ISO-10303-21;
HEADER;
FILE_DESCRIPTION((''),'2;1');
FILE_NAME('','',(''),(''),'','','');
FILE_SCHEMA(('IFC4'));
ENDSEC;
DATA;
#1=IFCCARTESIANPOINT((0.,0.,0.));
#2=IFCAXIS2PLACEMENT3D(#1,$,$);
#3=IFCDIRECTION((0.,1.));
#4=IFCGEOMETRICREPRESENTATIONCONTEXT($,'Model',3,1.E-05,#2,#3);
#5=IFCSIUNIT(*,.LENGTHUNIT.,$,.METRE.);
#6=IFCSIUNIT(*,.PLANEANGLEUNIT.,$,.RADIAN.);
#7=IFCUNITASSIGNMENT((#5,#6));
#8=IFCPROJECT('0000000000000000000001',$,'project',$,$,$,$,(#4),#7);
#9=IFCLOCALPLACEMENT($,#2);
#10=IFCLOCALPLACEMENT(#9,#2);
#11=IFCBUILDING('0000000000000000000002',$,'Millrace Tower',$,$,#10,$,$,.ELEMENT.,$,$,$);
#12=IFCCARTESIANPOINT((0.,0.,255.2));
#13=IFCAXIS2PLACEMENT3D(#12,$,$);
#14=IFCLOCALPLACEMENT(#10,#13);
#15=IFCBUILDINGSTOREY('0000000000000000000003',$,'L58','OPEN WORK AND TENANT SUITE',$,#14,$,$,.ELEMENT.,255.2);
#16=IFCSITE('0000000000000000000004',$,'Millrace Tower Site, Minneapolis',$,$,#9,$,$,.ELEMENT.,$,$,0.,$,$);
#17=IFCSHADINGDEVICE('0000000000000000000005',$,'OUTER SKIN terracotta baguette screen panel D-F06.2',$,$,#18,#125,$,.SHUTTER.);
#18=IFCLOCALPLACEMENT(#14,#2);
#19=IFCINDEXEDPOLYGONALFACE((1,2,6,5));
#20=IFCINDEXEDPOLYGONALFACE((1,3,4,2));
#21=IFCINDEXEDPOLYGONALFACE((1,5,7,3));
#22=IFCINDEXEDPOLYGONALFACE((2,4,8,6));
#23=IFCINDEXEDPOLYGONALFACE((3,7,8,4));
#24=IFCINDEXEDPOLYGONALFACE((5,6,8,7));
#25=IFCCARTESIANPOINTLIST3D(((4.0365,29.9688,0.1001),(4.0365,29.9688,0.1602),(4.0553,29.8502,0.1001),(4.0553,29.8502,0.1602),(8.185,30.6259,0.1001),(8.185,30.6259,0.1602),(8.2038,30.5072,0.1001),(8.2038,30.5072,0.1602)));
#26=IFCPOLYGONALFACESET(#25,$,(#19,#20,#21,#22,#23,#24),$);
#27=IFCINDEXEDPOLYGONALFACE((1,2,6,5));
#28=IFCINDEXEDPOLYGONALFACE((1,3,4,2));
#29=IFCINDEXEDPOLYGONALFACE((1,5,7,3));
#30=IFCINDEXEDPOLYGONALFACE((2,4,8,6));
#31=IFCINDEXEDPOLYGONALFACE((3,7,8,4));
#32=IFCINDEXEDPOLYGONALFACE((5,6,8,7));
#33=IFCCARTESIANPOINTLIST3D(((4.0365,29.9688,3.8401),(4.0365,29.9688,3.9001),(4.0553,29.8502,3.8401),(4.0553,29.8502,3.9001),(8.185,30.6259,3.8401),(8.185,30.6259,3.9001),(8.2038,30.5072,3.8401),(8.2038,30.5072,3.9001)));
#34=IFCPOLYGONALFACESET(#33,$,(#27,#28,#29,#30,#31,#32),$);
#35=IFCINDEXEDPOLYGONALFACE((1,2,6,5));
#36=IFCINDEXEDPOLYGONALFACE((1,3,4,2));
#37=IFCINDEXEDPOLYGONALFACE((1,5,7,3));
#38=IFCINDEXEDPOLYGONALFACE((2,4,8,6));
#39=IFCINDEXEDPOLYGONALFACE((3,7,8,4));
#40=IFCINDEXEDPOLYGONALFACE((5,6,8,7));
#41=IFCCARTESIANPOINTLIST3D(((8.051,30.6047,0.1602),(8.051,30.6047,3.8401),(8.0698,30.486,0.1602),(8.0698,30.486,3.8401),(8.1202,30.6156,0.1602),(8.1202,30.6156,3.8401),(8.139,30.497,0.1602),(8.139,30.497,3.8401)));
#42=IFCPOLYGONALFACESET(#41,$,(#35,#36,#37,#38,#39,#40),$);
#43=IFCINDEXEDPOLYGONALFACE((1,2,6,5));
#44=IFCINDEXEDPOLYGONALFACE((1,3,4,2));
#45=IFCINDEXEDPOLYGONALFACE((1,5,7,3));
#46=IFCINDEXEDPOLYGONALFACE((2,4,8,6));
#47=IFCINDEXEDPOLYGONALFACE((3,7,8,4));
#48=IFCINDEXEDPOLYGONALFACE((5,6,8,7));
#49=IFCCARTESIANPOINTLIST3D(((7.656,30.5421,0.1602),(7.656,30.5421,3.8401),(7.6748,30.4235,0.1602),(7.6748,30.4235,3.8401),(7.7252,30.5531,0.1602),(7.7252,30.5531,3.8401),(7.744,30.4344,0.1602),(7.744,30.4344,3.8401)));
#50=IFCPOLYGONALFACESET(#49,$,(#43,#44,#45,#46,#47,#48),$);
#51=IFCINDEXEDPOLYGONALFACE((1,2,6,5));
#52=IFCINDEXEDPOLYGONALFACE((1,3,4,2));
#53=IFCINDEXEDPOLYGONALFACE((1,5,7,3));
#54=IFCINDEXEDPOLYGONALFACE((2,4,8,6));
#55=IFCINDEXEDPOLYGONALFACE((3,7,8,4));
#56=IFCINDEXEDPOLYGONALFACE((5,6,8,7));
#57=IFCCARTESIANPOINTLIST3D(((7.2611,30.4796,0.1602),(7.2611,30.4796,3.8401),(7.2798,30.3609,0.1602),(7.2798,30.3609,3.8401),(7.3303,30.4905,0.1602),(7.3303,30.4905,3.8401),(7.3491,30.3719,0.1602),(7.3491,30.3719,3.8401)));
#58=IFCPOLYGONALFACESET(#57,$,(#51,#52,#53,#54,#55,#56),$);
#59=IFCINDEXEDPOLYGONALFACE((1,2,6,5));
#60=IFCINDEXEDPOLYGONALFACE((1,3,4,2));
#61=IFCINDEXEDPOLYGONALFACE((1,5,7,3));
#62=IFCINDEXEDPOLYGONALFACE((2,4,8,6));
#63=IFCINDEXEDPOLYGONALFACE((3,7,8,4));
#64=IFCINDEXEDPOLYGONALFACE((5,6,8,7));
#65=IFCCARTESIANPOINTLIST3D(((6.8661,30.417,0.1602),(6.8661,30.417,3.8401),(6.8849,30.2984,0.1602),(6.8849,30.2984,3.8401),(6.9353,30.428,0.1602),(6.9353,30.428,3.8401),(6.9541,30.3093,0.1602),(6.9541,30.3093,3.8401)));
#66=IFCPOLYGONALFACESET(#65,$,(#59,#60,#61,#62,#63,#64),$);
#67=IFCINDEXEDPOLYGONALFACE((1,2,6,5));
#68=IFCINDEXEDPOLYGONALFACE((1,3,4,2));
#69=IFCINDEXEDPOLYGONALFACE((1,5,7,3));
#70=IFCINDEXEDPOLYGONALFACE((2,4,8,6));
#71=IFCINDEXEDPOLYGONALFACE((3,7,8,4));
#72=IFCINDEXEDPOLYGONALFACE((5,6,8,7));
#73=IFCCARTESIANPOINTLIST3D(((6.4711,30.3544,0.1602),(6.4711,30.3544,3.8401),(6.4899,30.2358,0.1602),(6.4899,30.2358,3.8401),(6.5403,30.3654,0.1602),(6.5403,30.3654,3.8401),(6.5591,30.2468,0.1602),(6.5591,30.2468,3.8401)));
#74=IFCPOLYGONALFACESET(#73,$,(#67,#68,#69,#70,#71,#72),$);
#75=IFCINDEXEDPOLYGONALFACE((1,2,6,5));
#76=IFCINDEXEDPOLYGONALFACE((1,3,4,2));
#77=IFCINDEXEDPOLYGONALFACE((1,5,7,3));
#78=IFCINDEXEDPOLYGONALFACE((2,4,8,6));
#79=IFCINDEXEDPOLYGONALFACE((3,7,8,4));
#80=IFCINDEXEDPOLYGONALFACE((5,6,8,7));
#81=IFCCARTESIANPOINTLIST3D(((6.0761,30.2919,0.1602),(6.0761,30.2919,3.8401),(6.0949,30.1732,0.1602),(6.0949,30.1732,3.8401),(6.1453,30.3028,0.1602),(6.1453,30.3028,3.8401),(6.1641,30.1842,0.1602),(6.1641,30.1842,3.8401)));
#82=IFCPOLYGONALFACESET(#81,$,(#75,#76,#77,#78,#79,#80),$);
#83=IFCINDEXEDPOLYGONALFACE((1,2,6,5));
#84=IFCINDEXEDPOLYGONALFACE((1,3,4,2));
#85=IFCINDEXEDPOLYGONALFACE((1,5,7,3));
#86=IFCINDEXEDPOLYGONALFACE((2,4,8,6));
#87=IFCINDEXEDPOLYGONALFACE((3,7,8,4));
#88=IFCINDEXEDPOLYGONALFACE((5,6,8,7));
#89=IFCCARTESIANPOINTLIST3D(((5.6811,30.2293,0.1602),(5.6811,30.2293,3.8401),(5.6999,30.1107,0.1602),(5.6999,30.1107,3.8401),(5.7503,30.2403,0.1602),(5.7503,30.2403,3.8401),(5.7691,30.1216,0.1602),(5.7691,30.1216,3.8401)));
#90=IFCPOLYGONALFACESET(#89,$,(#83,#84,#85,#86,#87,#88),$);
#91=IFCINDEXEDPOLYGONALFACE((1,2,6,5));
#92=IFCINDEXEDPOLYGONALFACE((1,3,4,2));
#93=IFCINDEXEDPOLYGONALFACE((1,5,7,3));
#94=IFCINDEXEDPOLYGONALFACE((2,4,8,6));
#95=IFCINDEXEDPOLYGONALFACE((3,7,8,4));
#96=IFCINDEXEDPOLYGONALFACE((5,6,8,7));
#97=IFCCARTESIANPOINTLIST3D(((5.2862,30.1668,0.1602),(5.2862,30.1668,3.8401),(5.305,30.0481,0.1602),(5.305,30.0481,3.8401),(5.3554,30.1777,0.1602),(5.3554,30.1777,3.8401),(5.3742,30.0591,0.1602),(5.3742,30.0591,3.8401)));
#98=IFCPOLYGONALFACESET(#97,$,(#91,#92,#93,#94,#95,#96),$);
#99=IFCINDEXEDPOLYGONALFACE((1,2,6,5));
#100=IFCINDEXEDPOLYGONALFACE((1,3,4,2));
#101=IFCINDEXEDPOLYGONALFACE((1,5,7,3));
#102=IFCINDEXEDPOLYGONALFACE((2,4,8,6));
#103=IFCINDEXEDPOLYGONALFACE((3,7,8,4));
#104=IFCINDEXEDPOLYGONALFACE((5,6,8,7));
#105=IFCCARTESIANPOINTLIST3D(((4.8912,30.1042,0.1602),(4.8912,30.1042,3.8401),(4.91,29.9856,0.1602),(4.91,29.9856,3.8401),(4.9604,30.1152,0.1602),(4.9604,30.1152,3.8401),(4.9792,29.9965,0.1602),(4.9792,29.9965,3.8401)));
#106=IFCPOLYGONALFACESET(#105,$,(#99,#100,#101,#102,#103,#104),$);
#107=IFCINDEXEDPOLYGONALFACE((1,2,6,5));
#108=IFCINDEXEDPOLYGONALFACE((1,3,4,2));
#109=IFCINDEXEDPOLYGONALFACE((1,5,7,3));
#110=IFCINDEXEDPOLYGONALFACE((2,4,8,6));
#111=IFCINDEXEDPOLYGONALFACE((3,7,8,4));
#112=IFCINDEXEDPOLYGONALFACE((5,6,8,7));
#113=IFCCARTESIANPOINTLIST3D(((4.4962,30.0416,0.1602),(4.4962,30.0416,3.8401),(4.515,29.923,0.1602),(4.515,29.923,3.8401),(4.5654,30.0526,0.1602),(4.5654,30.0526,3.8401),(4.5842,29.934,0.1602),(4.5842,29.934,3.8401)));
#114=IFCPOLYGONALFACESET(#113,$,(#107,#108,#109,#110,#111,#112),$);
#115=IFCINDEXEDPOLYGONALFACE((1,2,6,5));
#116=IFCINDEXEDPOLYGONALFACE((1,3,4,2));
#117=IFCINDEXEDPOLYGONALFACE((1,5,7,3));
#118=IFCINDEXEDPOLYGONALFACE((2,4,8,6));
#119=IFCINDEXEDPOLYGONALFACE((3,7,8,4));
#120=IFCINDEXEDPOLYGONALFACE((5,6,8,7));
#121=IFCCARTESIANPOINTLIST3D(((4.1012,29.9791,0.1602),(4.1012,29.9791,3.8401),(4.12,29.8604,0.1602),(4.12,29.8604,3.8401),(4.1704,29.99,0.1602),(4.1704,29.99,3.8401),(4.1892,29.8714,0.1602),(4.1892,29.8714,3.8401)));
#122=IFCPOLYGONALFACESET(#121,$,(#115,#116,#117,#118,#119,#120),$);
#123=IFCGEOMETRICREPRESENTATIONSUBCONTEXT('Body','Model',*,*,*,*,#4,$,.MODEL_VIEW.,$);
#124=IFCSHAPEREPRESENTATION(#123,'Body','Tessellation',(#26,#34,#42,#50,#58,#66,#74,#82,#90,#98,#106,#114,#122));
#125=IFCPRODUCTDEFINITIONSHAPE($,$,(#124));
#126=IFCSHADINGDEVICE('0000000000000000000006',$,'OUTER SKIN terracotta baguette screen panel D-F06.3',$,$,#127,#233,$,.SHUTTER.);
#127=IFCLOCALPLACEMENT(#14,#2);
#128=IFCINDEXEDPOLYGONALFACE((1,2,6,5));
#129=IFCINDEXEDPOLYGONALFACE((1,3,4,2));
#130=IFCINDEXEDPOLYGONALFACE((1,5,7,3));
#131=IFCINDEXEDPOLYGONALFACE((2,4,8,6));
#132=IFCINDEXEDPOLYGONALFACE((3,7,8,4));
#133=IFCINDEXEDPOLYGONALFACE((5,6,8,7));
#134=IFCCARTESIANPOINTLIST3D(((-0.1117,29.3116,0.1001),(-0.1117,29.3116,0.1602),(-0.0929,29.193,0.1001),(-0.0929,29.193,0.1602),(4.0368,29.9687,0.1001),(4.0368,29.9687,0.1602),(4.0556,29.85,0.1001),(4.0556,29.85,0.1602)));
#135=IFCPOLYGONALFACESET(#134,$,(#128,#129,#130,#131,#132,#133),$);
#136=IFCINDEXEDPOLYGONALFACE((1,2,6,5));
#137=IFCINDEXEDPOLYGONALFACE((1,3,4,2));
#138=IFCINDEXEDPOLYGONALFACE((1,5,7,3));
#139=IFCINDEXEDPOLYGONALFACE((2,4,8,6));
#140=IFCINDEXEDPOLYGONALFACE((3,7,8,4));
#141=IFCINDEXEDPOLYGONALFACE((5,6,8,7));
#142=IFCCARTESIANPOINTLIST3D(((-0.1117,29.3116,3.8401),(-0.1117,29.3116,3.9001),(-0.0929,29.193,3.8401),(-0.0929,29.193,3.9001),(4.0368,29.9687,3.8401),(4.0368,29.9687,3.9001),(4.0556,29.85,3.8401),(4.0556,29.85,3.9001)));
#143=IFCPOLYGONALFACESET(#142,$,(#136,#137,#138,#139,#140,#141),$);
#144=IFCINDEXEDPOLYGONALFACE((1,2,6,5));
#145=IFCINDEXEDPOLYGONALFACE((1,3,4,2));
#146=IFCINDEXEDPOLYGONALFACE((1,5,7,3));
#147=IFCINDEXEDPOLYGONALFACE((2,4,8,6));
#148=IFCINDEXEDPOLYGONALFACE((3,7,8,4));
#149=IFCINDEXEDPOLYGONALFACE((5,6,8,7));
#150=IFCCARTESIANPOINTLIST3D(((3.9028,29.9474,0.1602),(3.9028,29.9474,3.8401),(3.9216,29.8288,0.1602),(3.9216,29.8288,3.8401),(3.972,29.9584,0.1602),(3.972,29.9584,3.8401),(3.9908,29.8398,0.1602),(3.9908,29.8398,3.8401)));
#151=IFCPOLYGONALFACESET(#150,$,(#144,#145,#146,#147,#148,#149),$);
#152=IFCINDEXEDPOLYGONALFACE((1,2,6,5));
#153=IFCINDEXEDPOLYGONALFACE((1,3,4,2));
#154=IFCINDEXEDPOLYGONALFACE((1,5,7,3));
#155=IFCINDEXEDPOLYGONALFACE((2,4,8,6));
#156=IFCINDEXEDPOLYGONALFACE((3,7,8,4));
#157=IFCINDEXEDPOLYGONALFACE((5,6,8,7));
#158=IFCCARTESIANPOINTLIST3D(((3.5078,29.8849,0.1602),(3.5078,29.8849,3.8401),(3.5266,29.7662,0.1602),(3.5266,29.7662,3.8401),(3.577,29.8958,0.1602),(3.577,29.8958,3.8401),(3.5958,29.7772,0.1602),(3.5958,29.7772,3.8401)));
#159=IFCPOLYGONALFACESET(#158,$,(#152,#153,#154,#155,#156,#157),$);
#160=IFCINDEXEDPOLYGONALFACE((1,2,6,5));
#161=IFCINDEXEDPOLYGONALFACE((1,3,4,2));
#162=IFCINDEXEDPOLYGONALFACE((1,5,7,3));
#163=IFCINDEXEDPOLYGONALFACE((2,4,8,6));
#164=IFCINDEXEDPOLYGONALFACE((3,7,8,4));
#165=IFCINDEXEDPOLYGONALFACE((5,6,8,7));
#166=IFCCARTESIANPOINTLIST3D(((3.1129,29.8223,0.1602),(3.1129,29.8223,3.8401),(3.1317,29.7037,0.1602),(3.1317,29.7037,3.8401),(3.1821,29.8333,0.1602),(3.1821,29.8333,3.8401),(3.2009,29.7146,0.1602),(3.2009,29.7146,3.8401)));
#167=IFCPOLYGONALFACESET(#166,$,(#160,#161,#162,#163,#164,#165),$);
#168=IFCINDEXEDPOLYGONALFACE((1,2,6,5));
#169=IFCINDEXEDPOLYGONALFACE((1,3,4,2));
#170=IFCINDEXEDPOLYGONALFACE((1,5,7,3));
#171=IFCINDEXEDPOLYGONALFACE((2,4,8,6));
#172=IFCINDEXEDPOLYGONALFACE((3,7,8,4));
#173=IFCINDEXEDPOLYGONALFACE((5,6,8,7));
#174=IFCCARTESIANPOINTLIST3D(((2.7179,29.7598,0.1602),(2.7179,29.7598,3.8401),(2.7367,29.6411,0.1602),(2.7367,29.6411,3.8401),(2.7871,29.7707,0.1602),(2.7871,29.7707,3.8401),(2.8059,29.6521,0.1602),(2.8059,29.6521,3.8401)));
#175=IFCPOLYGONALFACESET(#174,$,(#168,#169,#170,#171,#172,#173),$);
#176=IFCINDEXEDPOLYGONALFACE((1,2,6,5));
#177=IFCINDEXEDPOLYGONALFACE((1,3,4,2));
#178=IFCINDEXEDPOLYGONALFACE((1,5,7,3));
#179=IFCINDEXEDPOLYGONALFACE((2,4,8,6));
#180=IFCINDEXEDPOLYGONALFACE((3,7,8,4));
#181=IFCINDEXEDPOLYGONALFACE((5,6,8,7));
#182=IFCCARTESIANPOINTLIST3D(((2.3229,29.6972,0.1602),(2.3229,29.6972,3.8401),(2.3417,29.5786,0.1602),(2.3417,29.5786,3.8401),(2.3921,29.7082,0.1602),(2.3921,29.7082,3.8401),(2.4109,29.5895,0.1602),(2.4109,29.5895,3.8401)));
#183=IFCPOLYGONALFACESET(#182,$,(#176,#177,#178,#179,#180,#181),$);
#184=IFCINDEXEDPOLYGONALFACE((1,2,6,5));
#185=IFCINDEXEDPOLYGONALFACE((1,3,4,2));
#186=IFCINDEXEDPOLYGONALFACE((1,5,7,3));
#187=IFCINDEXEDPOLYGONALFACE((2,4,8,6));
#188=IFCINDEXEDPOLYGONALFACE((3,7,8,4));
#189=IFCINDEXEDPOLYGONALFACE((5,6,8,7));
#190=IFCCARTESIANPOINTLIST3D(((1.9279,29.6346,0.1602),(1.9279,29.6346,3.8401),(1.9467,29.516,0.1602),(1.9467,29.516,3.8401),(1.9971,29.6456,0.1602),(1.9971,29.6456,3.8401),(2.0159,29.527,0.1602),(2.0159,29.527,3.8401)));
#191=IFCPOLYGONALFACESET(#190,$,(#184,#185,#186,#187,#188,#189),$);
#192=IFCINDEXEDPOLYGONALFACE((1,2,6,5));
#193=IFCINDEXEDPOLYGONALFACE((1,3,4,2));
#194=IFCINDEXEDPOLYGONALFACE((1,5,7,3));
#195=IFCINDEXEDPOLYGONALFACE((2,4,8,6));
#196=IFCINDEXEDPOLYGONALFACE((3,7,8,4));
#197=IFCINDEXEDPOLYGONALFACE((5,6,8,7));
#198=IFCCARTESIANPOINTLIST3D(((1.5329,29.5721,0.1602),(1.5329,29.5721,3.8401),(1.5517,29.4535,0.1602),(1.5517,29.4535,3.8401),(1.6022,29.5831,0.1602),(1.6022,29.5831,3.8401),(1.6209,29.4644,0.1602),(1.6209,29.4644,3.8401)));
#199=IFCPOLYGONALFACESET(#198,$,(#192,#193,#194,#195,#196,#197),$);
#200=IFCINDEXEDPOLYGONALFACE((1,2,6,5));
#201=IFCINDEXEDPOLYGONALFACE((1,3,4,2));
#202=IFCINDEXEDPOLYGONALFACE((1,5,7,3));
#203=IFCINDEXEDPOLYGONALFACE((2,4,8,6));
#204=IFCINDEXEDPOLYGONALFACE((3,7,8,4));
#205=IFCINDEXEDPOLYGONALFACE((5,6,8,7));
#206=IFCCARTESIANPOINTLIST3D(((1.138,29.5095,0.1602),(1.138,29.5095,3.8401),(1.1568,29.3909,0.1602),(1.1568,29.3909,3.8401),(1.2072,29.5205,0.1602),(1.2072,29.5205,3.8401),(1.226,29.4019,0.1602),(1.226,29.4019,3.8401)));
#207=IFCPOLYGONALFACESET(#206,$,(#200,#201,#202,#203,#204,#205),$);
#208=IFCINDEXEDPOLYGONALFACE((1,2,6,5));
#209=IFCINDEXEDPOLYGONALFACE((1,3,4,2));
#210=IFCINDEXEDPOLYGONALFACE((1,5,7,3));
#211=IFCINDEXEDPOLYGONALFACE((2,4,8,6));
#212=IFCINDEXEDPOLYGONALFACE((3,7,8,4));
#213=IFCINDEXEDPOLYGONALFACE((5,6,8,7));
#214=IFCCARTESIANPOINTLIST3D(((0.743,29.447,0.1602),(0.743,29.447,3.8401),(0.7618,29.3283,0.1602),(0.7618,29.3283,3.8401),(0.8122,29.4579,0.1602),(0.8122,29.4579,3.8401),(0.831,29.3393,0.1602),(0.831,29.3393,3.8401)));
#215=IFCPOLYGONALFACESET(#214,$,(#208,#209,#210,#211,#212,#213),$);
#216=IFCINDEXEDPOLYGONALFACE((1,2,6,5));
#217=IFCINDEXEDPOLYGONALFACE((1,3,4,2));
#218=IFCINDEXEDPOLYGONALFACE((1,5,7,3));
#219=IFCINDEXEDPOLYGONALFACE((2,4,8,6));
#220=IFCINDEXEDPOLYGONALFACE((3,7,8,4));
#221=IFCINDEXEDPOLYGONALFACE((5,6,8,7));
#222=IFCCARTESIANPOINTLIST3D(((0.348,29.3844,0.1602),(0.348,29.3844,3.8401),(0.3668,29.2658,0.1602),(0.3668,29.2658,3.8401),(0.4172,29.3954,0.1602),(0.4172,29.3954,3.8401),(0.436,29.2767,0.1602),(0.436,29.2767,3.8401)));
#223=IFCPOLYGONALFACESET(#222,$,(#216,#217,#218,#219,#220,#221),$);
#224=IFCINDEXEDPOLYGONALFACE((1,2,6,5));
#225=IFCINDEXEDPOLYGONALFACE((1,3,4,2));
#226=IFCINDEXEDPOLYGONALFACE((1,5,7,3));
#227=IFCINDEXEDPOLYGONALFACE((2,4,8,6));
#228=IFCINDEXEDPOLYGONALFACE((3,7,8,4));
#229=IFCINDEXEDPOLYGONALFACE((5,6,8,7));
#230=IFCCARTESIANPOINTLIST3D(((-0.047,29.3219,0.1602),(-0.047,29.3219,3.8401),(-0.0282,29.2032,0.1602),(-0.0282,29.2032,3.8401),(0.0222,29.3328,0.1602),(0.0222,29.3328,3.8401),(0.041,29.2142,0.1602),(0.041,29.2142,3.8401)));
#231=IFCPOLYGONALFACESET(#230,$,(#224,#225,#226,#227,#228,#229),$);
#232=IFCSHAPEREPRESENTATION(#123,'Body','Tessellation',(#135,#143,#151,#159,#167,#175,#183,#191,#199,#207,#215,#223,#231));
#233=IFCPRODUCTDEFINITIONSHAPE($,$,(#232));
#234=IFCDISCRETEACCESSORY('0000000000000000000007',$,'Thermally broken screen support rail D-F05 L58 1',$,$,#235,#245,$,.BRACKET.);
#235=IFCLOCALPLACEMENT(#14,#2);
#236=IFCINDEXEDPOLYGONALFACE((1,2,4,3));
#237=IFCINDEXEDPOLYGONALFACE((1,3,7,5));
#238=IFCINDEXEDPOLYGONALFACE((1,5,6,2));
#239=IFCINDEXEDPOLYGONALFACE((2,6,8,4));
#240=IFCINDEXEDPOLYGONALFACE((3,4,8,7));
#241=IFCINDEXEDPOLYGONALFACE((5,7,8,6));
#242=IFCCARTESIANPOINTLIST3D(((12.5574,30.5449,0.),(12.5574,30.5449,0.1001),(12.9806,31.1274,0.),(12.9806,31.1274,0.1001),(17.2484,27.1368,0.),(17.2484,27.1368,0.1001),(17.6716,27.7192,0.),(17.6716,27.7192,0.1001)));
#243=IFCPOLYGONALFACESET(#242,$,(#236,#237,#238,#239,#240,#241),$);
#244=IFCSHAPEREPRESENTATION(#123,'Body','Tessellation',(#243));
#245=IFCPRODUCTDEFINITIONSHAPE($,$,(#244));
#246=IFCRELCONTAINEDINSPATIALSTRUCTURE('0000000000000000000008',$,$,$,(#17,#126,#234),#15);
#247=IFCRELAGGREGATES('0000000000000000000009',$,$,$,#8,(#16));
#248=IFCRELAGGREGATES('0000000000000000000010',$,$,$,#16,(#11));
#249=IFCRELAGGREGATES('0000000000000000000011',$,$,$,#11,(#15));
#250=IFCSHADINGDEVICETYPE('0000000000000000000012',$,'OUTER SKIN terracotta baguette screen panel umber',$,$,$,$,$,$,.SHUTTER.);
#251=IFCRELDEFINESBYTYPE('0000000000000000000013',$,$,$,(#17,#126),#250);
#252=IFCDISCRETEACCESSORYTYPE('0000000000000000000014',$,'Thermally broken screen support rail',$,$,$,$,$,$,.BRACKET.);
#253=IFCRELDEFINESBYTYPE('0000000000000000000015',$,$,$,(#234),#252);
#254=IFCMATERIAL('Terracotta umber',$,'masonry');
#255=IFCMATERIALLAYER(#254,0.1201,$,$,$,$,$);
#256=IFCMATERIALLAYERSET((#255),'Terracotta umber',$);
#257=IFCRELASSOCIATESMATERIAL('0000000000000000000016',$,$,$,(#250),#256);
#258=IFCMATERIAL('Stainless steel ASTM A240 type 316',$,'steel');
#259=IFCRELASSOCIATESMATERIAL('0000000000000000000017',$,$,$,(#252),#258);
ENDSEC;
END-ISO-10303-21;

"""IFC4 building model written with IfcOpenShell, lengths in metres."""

from ifc_helpers import new_model, entity, si_unit, direction, frame, frame_2d, origin, origin_2d, place, context, subcontext, project, spatial, rectangle, extrude, source, transform, mapped, material, layer, layer_set, type_object, element, save


model = new_model("IFC4")

# Units and contexts
model_context = context("Model", 3, precision=1e-05, world=origin(), true_north=direction((0.0, 1.0)))
body_context = subcontext(model_context, "Body", "Model", "MODEL_VIEW")
ifc_project = project(units=[si_unit("LENGTHUNIT", "METRE"), si_unit("PLANEANGLEUNIT", "RADIAN")], contexts=[model_context])

# Site, building, storey
site_placement = place(None, origin())
site = spatial("IfcSite", under=ifc_project, at=site_placement, Name="Millrace Tower Site, Minneapolis", CompositionType="ELEMENT", RefElevation=0.0)
building_placement = place(site_placement, origin())
building = spatial("IfcBuilding", under=site, at=building_placement, Name="Millrace Tower", CompositionType="ELEMENT")
storey_placement = place(building_placement, frame((0.0, 0.0, 255.2)))
storey = spatial("IfcBuildingStorey", under=building, at=storey_placement, Name="L58", Description="OPEN WORK AND TENANT SUITE", CompositionType="ELEMENT", Elevation=255.2)

# Shading devices
ifc_material_1 = material(Name="Terracotta umber", Category="masonry")
ifc_layer_1 = layer(ifc_material_1, 0.1201)
ifc_layer_set_1 = layer_set([ifc_layer_1], Name="Terracotta umber")
shading_device_type = type_object("IfcShadingDeviceType", Name="OUTER SKIN terracotta baguette screen panel umber", PredefinedType="SHUTTER", material=ifc_layer_set_1)
cartesian_point_1 = entity("IfcCartesianPoint", [-2.1001, 0.0601])
shared_polyline_1 = entity("IfcPolyline", [cartesian_point_1, entity("IfcCartesianPoint", [2.1001, 0.0601]), entity("IfcCartesianPoint", [2.1001, -0.0601]), entity("IfcCartesianPoint", [-2.1001, -0.0601]), cartesian_point_1])
shared_shape_1 = source(origin(), body_context, "Body", "SweptSolid", [
    entity("IfcExtrudedAreaSolid", entity("IfcArbitraryClosedProfileDef", "AREA", None, shared_polyline_1), entity("IfcAxis2Placement3D", entity("IfcCartesianPoint", [0.0, 0.0, 0.0])), entity("IfcDirection", [0.0, 0.0, 1.0]), 0.0601),
    entity("IfcExtrudedAreaSolid", entity("IfcArbitraryClosedProfileDef", "AREA", None, shared_polyline_1), entity("IfcAxis2Placement3D", entity("IfcCartesianPoint", [0.0, 0.0, 3.74])), entity("IfcDirection", [0.0, 0.0, 1.0]), 0.0601),
    extrude(rectangle(XDim=0.0701, YDim=0.1201, at=frame_2d((-1.9995, 0.0))), frame((0.0, 0.0, 0.0601)), (0.0, 0.0, 1.0), 3.6799),
    extrude(rectangle(XDim=0.0701, YDim=0.1201, at=frame_2d((-1.5996, 0.0))), frame((0.0, 0.0, 0.0601)), (0.0, 0.0, 1.0), 3.6799),
    extrude(rectangle(XDim=0.0701, YDim=0.1201, at=frame_2d((-1.1997, 0.0))), frame((0.0, 0.0, 0.0601)), (0.0, 0.0, 1.0), 3.6799),
    extrude(rectangle(XDim=0.0701, YDim=0.1201, at=frame_2d((-0.7998, 0.0))), frame((0.0, 0.0, 0.0601)), (0.0, 0.0, 1.0), 3.6799),
    extrude(rectangle(XDim=0.0701, YDim=0.1201, at=frame_2d((-0.3999, 0.0))), frame((0.0, 0.0, 0.0601)), (0.0, 0.0, 1.0), 3.6799),
    extrude(rectangle(XDim=0.0701, YDim=0.1201, at=origin_2d()), frame((0.0, 0.0, 0.0601)), (0.0, 0.0, 1.0), 3.6799),
    extrude(rectangle(XDim=0.0701, YDim=0.1201, at=frame_2d((0.3999, 0.0))), frame((0.0, 0.0, 0.0601)), (0.0, 0.0, 1.0), 3.6799),
    extrude(rectangle(XDim=0.0701, YDim=0.1201, at=frame_2d((0.7998, 0.0))), frame((0.0, 0.0, 0.0601)), (0.0, 0.0, 1.0), 3.6799),
    extrude(rectangle(XDim=0.0701, YDim=0.1201, at=frame_2d((1.1997, 0.0))), frame((0.0, 0.0, 0.0601)), (0.0, 0.0, 1.0), 3.6799),
    extrude(rectangle(XDim=0.0701, YDim=0.1201, at=frame_2d((1.5996, 0.0))), frame((0.0, 0.0, 0.0601)), (0.0, 0.0, 1.0), 3.6799),
    extrude(rectangle(XDim=0.0701, YDim=0.1201, at=frame_2d((1.9995, 0.0))), frame((0.0, 0.0, 0.0601)), (0.0, 0.0, 1.0), 3.6799),
])
for number, where, z_axis, x_axis, name in (
    (1, (6.1201, 30.238, 0.1001), (0.0, 0.0, 1.0), (-0.987688, -0.156434, 0.0), "OUTER SKIN terracotta baguette screen panel D-F06.2"),
    (2, (1.9719, 29.5808, 0.1001), (0.0, 0.0, 1.0), (-0.987688, -0.156434, 0.0), "OUTER SKIN terracotta baguette screen panel D-F06.3"),
):
    element("IfcShadingDevice", number, at=place(storey_placement, frame(where, z_axis=z_axis, x_axis=x_axis)), inside=storey, type_object=shading_device_type, Name=name, PredefinedType="SHUTTER", context=body_context, shape_type="MappedRepresentation", body=[
        mapped(shared_shape_1, transform((0.0, 0.0, 0.0), scale=1.0)),
    ])

# Discrete accessory
ifc_material_2 = material(Name="Stainless steel ASTM A240 type 316", Category="steel")
discrete_accessory_type = type_object("IfcDiscreteAccessoryType", Name="Thermally broken screen support rail", PredefinedType="BRACKET", material=ifc_material_2)
discrete_accessory_placement = place(storey_placement, frame((15.1145, 29.1321, 0.0), z_axis=(0.0, 0.0, 1.0), x_axis=(-0.809017, 0.587785, 0.0)))
element("IfcDiscreteAccessory", 3, at=discrete_accessory_placement, inside=storey, type_object=discrete_accessory_type, Name="Thermally broken screen support rail D-F05 L58 1", PredefinedType="BRACKET", context=body_context, shape_type="SweptSolid", body=[
    extrude(rectangle(XDim=5.7983, YDim=0.72, at=origin_2d()), origin(), (0.0, 0.0, 1.0), 0.1001),
])

save(model, "model.ifc")
